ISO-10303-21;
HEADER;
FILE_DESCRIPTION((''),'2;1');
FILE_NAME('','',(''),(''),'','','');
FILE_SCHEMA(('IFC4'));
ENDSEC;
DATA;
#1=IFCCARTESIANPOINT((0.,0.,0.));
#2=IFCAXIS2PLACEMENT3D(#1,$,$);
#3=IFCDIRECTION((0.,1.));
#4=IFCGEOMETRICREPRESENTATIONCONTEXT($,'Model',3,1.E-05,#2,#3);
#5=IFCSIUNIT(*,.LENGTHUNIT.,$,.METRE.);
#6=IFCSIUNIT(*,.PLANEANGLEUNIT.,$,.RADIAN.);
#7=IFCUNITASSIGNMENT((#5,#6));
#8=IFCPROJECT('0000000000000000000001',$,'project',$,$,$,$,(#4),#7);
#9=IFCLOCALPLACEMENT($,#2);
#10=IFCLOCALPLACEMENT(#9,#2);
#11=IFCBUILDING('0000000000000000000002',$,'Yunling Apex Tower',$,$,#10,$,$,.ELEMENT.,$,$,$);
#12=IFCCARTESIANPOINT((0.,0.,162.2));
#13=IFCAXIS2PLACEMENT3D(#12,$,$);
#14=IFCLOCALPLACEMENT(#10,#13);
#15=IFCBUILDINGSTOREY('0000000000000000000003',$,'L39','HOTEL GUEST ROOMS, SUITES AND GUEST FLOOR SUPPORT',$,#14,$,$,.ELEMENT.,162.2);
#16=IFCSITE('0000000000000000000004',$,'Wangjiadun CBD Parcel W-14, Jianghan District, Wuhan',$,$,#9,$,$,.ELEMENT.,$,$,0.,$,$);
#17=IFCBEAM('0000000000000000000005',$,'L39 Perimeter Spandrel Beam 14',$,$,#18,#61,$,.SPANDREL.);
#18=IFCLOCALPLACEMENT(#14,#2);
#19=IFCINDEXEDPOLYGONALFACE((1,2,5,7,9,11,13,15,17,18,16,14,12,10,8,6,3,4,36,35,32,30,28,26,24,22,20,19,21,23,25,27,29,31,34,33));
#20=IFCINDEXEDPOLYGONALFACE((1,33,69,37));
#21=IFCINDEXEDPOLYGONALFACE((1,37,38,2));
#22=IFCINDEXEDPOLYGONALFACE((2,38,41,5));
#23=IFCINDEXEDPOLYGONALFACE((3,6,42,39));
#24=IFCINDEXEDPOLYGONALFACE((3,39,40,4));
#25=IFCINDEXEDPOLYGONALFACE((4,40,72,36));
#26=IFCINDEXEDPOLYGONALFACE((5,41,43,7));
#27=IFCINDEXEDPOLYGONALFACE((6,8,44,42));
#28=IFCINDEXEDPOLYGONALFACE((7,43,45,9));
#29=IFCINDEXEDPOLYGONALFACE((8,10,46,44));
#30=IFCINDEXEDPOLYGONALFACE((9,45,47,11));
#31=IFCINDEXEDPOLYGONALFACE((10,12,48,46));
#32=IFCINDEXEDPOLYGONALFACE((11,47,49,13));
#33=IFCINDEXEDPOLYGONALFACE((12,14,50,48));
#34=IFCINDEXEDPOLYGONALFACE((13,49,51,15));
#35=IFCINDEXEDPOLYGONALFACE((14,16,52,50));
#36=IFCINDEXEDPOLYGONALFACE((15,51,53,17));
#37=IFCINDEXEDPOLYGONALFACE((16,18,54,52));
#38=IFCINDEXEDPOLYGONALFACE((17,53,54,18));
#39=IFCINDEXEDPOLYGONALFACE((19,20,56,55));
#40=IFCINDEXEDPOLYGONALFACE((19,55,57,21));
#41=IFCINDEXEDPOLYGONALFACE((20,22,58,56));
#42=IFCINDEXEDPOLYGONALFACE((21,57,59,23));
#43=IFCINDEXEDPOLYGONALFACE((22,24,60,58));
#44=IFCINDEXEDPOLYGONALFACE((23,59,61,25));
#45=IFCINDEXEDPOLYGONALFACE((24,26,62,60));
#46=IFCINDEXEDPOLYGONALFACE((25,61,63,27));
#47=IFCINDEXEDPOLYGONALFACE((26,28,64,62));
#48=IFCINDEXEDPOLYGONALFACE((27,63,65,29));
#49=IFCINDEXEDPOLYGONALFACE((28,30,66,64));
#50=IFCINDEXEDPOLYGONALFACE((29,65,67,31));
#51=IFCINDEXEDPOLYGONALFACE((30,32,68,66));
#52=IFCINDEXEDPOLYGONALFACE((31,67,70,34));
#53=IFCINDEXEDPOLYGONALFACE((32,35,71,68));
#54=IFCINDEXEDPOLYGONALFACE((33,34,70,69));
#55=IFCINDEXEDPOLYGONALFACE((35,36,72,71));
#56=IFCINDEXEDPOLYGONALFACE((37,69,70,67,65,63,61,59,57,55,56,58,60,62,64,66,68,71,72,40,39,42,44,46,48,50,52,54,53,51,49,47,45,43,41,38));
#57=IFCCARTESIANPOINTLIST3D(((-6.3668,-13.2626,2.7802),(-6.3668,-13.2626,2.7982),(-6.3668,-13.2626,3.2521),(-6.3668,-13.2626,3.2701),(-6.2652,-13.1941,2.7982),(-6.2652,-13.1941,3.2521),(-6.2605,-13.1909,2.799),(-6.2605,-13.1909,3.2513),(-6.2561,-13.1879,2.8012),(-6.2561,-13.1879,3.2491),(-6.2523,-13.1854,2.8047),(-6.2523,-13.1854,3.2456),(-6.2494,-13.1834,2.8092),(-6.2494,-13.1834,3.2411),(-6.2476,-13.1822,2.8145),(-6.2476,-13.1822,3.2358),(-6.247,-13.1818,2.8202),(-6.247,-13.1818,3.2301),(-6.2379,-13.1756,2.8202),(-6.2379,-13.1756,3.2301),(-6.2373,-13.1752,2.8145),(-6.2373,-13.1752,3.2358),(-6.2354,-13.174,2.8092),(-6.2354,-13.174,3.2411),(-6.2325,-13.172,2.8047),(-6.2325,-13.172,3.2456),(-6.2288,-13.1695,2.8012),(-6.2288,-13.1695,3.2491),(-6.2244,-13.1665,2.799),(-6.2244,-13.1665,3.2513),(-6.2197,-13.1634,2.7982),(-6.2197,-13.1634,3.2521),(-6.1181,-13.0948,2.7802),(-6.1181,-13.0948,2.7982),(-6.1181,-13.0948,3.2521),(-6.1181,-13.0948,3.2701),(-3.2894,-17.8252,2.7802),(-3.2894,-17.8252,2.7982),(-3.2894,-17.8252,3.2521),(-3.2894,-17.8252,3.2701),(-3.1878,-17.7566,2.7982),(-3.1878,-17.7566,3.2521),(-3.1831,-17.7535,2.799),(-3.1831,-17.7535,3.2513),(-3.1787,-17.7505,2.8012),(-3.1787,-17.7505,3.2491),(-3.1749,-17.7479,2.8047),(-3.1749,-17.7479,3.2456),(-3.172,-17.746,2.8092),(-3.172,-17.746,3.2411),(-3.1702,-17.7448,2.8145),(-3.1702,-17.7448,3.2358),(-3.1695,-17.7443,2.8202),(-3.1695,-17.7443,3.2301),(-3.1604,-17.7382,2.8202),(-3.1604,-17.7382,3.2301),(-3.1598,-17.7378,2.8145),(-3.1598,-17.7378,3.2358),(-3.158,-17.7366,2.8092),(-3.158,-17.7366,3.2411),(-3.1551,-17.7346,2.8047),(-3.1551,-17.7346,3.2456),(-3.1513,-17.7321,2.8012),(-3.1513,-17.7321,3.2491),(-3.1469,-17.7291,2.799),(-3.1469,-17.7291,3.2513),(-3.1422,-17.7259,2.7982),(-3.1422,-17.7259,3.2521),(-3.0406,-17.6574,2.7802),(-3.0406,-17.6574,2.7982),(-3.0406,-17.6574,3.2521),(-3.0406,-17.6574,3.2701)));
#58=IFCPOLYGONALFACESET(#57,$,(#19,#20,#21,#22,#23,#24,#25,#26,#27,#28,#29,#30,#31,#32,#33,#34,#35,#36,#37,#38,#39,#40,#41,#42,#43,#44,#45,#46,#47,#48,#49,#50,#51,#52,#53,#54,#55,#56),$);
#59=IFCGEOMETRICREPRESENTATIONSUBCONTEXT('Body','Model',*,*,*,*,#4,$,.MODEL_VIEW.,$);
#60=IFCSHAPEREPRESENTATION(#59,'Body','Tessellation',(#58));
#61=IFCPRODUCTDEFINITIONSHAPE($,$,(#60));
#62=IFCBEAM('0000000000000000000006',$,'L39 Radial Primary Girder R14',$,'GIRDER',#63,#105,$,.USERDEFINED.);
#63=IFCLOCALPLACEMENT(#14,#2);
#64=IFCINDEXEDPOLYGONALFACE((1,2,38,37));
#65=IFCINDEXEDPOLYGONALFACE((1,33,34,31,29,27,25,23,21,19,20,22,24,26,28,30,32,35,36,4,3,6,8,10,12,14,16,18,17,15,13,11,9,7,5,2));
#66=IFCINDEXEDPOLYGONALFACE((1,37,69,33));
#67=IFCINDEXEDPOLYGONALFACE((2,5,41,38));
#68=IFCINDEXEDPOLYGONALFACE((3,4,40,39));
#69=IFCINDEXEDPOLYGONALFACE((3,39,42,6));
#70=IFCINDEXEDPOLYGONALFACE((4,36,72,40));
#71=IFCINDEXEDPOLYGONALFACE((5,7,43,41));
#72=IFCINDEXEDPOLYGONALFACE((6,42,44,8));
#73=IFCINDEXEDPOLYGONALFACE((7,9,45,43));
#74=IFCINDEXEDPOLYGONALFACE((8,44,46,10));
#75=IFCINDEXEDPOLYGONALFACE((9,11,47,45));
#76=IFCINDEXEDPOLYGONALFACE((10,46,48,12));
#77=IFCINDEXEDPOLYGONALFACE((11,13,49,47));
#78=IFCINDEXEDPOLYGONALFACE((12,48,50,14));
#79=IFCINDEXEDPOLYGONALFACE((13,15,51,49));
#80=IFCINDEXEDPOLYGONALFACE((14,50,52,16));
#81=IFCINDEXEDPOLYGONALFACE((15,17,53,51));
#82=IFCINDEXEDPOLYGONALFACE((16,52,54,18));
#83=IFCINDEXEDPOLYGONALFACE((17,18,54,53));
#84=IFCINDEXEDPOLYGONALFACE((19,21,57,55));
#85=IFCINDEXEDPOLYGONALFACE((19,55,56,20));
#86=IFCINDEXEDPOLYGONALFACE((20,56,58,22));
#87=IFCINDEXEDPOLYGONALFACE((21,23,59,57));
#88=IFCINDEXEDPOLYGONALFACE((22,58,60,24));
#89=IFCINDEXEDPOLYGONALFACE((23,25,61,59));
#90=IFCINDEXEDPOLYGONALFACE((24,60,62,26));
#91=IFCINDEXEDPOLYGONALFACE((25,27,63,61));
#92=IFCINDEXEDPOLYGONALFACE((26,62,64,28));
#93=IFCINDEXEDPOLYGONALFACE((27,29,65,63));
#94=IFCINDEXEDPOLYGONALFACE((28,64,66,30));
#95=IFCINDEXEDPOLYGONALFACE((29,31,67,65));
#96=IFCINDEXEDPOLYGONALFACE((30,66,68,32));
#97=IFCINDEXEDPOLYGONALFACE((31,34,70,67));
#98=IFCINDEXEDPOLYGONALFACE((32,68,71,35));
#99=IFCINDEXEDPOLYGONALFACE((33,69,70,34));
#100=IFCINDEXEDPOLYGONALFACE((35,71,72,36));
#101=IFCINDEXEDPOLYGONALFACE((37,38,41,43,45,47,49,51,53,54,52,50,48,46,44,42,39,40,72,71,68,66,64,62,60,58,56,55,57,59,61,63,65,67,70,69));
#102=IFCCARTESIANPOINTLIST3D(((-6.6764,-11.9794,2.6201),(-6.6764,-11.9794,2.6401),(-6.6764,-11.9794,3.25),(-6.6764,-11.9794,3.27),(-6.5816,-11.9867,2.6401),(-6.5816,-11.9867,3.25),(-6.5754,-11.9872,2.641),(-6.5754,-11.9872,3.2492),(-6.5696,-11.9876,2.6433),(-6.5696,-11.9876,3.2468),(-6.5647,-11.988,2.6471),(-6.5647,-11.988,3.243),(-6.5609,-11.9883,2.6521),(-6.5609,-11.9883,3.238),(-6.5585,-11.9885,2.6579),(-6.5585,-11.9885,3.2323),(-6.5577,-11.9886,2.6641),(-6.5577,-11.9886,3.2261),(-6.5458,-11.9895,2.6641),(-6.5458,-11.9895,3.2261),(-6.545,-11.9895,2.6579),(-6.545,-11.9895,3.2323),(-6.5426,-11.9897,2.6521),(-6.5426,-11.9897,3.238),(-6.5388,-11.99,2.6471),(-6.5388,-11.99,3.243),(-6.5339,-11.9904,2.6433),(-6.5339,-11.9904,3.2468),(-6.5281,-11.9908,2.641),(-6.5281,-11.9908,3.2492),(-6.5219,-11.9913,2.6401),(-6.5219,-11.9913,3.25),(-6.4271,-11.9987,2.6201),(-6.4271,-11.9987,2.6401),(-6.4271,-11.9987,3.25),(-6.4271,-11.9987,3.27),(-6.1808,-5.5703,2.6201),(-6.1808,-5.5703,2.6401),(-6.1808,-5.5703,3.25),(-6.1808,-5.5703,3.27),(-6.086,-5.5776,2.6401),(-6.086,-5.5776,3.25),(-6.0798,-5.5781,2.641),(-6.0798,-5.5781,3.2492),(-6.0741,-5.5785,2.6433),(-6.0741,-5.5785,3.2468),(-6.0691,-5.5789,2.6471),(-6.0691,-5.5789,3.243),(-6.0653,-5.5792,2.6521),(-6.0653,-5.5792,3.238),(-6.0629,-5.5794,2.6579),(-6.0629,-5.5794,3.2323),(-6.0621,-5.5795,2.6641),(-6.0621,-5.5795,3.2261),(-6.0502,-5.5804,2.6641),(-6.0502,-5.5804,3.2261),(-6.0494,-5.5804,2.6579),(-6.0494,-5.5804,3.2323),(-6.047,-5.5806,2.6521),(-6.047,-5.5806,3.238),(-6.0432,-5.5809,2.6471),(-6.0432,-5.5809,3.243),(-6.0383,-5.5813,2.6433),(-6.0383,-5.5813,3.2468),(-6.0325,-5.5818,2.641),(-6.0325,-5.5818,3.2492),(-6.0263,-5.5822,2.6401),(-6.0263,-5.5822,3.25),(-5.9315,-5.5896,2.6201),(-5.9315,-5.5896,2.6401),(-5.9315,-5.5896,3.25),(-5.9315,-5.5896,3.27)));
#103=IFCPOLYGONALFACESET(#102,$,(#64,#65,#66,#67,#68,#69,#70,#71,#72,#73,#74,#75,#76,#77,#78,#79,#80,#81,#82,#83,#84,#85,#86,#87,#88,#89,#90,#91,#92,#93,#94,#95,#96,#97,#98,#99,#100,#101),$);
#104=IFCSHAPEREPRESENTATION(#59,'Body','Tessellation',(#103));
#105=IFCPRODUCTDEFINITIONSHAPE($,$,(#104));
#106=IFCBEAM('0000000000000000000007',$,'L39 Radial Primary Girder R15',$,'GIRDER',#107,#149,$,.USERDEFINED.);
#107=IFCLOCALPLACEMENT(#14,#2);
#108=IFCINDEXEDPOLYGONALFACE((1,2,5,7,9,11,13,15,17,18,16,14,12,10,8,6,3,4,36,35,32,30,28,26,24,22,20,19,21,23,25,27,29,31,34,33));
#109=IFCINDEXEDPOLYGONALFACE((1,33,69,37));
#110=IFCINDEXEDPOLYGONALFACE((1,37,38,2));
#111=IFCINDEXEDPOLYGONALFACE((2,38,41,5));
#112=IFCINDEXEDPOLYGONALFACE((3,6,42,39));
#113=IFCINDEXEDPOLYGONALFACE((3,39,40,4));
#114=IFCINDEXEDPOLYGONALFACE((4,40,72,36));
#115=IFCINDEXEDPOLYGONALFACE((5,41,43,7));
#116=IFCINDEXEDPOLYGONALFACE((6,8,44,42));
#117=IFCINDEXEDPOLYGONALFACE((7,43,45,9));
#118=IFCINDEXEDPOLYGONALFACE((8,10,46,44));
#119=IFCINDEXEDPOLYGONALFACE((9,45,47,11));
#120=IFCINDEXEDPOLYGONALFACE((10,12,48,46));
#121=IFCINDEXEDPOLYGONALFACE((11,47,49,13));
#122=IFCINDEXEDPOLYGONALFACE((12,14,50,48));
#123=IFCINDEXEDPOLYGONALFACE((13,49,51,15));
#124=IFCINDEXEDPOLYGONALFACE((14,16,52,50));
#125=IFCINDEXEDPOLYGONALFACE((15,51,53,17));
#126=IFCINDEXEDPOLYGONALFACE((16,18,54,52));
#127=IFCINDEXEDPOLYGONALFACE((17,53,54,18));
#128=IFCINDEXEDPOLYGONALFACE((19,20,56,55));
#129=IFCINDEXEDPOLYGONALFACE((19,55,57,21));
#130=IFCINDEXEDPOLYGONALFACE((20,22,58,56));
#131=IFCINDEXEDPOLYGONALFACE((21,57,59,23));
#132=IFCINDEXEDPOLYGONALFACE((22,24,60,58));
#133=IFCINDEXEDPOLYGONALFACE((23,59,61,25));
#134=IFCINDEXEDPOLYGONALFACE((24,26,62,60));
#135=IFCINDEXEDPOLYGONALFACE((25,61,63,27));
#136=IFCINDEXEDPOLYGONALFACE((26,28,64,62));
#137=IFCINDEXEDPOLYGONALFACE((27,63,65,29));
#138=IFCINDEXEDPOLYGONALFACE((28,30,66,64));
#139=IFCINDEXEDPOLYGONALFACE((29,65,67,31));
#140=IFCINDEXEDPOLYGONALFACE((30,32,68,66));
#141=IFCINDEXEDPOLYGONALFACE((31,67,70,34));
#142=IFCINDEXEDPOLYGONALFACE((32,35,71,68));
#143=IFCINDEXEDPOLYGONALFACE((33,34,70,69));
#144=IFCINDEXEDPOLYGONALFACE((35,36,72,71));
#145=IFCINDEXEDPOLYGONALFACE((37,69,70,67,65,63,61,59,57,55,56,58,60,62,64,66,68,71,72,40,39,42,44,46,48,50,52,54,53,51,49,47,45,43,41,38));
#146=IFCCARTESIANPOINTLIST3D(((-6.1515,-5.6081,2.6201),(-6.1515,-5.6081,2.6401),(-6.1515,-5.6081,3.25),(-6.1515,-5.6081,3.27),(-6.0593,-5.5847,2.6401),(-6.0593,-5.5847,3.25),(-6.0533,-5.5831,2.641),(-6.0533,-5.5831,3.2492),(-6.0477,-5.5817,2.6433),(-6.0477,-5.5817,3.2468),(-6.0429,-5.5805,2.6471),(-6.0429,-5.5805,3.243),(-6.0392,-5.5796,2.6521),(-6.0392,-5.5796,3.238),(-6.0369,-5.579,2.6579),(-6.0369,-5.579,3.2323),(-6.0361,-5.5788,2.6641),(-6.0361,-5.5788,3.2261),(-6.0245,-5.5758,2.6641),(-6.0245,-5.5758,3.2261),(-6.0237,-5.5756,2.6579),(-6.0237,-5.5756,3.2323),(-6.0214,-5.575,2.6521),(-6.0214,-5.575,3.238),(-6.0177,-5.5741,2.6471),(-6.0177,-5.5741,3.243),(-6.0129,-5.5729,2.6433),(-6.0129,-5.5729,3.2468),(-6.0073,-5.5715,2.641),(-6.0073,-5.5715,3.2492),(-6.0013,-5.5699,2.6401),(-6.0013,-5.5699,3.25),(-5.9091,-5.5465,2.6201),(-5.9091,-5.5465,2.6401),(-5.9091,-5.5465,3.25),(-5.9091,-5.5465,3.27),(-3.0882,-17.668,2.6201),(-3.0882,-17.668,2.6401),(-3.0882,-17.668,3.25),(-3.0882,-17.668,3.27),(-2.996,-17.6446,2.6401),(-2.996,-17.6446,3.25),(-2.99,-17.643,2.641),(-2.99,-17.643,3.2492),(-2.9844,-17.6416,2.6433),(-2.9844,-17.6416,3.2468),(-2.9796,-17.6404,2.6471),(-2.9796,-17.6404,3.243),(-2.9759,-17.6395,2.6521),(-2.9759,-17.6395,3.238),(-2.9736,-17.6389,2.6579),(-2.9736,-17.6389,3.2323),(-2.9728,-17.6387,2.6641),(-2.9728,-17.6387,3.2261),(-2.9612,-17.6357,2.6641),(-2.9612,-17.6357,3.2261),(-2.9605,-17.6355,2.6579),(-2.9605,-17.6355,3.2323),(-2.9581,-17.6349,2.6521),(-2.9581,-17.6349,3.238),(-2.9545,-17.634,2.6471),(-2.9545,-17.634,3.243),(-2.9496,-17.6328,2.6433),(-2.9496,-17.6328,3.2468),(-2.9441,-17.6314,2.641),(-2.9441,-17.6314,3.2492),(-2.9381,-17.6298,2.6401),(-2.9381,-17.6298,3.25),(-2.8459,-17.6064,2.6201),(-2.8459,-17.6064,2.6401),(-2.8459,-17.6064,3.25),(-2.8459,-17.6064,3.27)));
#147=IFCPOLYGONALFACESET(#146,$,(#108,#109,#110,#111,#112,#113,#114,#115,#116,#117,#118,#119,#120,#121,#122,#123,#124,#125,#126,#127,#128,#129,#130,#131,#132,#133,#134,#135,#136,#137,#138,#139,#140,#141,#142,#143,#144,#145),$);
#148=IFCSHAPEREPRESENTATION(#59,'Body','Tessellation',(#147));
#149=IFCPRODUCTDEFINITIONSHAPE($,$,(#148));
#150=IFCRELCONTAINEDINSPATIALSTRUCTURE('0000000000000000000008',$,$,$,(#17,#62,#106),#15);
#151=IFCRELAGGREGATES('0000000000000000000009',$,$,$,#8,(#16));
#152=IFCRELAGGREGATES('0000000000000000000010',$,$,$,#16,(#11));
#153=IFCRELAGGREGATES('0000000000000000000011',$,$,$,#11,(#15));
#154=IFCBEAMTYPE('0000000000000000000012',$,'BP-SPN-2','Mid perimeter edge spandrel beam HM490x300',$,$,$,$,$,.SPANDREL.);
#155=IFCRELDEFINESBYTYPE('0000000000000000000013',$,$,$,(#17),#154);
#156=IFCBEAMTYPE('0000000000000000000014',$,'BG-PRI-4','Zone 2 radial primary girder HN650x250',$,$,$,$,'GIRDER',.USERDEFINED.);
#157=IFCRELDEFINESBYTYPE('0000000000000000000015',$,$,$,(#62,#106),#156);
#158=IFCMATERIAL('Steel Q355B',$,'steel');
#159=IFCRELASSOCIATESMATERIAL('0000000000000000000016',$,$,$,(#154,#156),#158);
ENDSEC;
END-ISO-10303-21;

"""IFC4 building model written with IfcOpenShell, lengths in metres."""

from ifc_helpers import new_model, si_unit, direction, frame, origin, origin_2d, place, context, subcontext, project, spatial, i_section, extrude, source, transform, mapped, material, material_profile, profile_set, type_object, element, save


model = new_model("IFC4")

# Units and contexts
model_context = context("Model", 3, precision=1e-05, world=origin(), true_north=direction((0.0, 1.0)))
body_context = subcontext(model_context, "Body", "Model", "MODEL_VIEW")
ifc_project = project(units=[si_unit("LENGTHUNIT", "METRE"), si_unit("PLANEANGLEUNIT", "RADIAN")], contexts=[model_context])

# Site, building, storey
site_placement = place(None, origin())
site = spatial("IfcSite", under=ifc_project, at=site_placement, Name="Wangjiadun CBD Parcel W-14, Jianghan District, Wuhan", CompositionType="ELEMENT", RefElevation=0.0)
building_placement = place(site_placement, origin())
building = spatial("IfcBuilding", under=site, at=building_placement, Name="Yunling Apex Tower", CompositionType="ELEMENT")
storey_placement = place(building_placement, frame((0.0, 0.0, 162.2)))
storey = spatial("IfcBuildingStorey", under=building, at=storey_placement, Name="L39", Description="HOTEL GUEST ROOMS, SUITES AND GUEST FLOOR SUPPORT", CompositionType="ELEMENT", Elevation=162.2)

# Beams
ifc_material_1 = material(Name="Steel Q355B", Category="steel")
ifc_material_profile_1 = material_profile(ifc_material_1, i_section(OverallWidth=0.3, OverallDepth=0.49, WebThickness=0.011, FlangeThickness=0.0181, FilletRadius=0.022, at=origin_2d()))
ifc_profile_set_1 = profile_set([ifc_material_profile_1], Name="Steel Q355B")
beam_type_1 = type_object("IfcBeamType", Name="BP-SPN-2", Description="Mid perimeter edge spandrel beam HM490x300", PredefinedType="SPANDREL", material=ifc_profile_set_1)
shared_shape_1 = source(origin(), body_context, "Body", "SweptSolid", [
    extrude(i_section(OverallWidth=0.3, OverallDepth=0.49, WebThickness=0.011, FlangeThickness=0.0181, FilletRadius=0.022, at=origin_2d()), origin(), (0.0, 0.0, 1.0), 5.5034),
])
beam_1_placement = place(storey_placement, frame((-6.2424, -13.1787, 3.0251), z_axis=(0.559186, -0.829042, 0.0), x_axis=(0.829042, 0.559186, 0.0)))
element("IfcBeam", 1, at=beam_1_placement, inside=storey, type_object=beam_type_1, Name="L39 Perimeter Spandrel Beam 14", PredefinedType="SPANDREL", context=body_context, shape_type="MappedRepresentation", body=[
    mapped(shared_shape_1, transform((0.0, 0.0, 0.0), scale=1.0)),
])
ifc_material_profile_2 = material_profile(ifc_material_1, i_section(OverallWidth=0.25, OverallDepth=0.6499, WebThickness=0.012, FlangeThickness=0.02, FilletRadius=0.0239, at=origin_2d()))
ifc_profile_set_2 = profile_set([ifc_material_profile_2], Name="Steel Q355B")
beam_type_2 = type_object("IfcBeamType", Name="BG-PRI-4", Description="Zone 2 radial primary girder HN650x250", ElementType="GIRDER", PredefinedType="USERDEFINED", material=ifc_profile_set_2)
shared_shape_2 = source(origin(), body_context, "Body", "SweptSolid", [
    extrude(i_section(OverallWidth=0.25, OverallDepth=0.6499, WebThickness=0.012, FlangeThickness=0.02, FilletRadius=0.0239, at=origin_2d()), origin(), (0.0, 0.0, 1.0), 6.4282),
])
beam_2_placement = place(storey_placement, frame((-6.5518, -11.989, 2.9451), z_axis=(0.077097, 0.997024, 0.0), x_axis=(-0.997024, 0.077097, 0.0)))
element("IfcBeam", 2, at=beam_2_placement, inside=storey, type_object=beam_type_2, Name="L39 Radial Primary Girder R14", ObjectType="GIRDER", PredefinedType="USERDEFINED", context=body_context, shape_type="MappedRepresentation", body=[
    mapped(shared_shape_2, transform((0.0, 0.0, 0.0), scale=1.0)),
])
shared_shape_3 = source(origin(), body_context, "Body", "SweptSolid", [
    extrude(i_section(OverallWidth=0.25, OverallDepth=0.6499, WebThickness=0.012, FlangeThickness=0.02, FilletRadius=0.0239, at=origin_2d()), origin(), (0.0, 0.0, 1.0), 12.4429),
])
beam_3_placement = place(storey_placement, frame((-2.967, -17.6372, 2.9451), z_axis=(-0.246186, 0.969223, 0.0), x_axis=(-0.969223, -0.246186, 0.0)))
element("IfcBeam", 3, at=beam_3_placement, inside=storey, type_object=beam_type_2, Name="L39 Radial Primary Girder R15", ObjectType="GIRDER", PredefinedType="USERDEFINED", context=body_context, shape_type="MappedRepresentation", body=[
    mapped(shared_shape_3, transform((0.0, 0.0, 0.0), scale=1.0)),
])

save(model, "model.ifc")
